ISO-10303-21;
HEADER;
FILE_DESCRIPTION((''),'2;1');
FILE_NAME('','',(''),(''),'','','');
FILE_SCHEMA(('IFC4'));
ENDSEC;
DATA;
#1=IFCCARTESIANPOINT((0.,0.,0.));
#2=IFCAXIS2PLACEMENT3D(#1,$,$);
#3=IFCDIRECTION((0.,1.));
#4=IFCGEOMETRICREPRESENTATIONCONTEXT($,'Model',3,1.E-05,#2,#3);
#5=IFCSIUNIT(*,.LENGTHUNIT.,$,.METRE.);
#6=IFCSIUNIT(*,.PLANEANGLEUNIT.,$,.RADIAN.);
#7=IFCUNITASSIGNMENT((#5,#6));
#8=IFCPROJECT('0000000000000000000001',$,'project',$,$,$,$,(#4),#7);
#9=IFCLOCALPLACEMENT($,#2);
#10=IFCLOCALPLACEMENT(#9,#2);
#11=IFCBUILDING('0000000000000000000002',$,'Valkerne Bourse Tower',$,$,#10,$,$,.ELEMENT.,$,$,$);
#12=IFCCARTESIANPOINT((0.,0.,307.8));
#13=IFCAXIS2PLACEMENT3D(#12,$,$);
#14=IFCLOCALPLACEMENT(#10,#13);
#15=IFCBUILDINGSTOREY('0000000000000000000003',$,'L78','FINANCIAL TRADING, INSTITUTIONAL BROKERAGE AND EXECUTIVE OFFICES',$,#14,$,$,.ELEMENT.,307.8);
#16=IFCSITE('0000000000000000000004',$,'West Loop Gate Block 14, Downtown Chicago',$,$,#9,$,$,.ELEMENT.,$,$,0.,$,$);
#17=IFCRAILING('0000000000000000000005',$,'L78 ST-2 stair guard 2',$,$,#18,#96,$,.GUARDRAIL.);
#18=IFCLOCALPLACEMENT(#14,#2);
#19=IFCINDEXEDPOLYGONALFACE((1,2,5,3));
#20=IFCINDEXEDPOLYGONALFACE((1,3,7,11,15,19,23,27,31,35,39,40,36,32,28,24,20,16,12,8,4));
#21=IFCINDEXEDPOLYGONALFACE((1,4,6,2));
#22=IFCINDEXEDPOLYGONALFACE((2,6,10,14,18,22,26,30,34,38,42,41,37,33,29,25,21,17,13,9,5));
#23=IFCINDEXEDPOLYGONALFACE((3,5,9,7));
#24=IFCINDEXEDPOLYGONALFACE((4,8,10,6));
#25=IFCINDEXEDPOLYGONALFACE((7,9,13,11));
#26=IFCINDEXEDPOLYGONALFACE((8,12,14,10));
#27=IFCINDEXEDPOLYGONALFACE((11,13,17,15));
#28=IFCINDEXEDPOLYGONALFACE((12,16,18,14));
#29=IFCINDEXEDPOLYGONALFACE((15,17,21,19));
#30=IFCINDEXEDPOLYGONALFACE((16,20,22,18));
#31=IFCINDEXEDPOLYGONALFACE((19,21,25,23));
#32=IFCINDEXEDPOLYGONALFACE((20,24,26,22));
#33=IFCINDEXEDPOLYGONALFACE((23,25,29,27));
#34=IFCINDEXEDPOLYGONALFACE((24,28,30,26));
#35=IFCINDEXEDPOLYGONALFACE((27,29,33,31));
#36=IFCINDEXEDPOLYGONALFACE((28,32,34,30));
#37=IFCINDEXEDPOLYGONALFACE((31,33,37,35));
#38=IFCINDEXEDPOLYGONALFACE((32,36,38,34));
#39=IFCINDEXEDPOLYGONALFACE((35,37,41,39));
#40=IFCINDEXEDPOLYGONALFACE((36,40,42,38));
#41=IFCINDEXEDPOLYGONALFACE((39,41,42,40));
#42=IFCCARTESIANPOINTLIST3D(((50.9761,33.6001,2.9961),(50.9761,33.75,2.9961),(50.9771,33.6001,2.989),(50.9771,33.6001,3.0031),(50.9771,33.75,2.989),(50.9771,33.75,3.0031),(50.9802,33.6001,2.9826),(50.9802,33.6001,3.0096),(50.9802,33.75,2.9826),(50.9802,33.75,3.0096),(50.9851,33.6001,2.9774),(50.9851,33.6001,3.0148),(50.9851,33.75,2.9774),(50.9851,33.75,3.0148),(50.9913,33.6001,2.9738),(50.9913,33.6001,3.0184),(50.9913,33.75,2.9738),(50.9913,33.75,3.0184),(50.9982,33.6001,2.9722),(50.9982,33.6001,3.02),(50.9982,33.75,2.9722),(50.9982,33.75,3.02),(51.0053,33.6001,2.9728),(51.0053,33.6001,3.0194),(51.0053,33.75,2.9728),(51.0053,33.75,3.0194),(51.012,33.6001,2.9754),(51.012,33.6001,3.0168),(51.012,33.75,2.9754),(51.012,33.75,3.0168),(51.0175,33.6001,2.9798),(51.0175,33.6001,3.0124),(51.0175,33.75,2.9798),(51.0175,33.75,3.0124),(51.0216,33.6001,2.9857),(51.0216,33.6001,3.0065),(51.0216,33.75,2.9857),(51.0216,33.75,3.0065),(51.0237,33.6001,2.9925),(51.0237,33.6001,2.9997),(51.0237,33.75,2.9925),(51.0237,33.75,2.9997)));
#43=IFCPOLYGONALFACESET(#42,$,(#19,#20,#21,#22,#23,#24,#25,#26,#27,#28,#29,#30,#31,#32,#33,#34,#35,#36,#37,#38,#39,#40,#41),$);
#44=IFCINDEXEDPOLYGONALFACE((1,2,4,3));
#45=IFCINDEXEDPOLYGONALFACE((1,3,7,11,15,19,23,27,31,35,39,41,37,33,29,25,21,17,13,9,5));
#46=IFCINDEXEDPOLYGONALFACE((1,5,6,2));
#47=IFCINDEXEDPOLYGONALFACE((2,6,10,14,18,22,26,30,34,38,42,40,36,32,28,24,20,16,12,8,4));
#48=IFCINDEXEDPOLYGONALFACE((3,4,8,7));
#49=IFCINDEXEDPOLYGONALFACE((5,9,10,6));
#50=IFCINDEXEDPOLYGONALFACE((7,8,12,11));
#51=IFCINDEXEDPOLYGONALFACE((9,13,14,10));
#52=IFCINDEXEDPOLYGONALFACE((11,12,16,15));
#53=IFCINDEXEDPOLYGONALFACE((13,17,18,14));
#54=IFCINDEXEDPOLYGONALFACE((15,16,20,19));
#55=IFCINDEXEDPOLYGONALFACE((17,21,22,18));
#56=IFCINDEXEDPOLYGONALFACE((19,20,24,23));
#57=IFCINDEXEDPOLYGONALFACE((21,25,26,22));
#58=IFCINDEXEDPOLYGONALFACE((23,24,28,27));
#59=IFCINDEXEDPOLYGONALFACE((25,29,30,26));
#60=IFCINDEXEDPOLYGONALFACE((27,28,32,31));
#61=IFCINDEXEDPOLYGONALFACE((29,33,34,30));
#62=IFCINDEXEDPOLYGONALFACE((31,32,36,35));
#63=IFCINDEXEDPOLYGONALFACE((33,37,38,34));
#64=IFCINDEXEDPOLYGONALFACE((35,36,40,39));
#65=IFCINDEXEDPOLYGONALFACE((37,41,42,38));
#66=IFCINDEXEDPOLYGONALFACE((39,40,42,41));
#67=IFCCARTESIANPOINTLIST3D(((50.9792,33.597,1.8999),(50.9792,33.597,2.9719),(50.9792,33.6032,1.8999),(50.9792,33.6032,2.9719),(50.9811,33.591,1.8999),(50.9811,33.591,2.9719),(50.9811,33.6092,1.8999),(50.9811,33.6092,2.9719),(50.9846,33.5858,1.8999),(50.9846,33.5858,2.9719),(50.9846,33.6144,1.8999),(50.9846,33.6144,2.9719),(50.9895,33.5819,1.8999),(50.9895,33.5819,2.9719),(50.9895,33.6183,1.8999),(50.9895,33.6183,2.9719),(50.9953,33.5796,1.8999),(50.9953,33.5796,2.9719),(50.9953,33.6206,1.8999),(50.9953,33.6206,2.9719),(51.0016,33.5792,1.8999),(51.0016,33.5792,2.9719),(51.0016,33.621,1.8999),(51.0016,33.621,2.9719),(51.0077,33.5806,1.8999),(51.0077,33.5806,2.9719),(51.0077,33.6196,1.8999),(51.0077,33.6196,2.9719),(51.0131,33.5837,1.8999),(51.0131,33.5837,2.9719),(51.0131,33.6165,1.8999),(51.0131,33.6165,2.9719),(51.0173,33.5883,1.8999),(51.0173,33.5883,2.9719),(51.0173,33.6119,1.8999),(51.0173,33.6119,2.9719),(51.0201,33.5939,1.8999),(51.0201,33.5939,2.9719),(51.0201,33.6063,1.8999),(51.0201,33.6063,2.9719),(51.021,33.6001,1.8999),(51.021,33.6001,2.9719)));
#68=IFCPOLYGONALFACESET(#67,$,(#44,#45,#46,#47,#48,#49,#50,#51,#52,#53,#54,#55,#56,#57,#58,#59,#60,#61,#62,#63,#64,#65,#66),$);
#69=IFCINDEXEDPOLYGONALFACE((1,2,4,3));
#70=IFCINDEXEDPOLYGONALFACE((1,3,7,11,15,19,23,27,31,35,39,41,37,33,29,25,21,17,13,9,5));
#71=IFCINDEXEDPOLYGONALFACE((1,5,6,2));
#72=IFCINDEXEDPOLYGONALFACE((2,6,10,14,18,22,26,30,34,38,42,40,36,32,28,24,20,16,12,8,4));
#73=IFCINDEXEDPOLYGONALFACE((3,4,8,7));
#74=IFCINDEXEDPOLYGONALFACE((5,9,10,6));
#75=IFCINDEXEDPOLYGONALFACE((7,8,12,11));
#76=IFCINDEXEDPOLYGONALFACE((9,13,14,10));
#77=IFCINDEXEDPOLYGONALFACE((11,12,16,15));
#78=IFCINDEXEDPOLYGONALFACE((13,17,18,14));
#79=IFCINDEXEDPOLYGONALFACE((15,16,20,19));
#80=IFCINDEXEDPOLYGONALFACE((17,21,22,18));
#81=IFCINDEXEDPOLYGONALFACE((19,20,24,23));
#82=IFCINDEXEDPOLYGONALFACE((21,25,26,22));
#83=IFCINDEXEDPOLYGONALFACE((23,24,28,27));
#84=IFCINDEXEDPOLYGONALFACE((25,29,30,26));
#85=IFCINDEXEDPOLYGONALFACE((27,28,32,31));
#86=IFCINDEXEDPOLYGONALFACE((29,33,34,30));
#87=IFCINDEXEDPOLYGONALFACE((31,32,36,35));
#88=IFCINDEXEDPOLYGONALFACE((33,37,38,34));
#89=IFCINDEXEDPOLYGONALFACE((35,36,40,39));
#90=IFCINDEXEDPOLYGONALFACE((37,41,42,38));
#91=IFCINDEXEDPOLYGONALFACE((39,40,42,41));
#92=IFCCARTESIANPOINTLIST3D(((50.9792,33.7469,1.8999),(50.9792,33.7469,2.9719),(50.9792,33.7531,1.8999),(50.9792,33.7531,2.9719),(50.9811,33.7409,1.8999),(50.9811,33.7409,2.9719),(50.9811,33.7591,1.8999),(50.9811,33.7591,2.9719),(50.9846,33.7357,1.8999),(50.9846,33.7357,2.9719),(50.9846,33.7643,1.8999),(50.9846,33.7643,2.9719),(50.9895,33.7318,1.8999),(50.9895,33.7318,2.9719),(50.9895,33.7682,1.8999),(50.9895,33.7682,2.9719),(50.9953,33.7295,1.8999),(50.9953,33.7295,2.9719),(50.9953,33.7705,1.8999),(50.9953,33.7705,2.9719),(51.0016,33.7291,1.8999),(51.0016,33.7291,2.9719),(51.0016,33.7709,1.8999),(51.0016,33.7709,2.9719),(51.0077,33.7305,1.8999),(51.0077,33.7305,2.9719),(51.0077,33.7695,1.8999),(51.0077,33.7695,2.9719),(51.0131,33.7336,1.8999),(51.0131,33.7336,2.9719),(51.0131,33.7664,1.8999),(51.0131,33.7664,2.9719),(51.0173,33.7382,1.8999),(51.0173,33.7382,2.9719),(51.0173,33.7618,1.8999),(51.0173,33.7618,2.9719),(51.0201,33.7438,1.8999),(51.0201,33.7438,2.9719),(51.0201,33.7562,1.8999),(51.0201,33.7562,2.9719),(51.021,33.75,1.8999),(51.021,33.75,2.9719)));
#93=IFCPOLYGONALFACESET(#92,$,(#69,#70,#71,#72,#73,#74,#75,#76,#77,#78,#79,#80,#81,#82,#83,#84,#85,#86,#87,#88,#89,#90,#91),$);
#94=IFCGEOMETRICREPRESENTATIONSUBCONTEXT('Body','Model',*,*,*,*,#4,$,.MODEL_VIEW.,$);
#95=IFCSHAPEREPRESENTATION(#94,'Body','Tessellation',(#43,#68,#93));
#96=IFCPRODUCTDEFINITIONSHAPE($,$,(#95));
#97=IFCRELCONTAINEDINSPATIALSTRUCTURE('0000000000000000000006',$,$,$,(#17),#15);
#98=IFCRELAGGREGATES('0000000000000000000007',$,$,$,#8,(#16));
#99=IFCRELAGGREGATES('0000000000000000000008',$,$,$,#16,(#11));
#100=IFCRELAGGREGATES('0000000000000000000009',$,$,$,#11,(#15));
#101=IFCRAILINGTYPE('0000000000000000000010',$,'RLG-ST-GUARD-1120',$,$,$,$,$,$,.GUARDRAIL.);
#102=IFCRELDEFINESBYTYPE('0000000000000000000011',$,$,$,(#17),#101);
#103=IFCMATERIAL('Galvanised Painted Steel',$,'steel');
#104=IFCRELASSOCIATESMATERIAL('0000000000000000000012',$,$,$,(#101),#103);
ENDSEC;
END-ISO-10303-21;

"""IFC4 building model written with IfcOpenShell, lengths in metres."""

from ifc_helpers import new_model, si_unit, direction, frame, origin, origin_2d, place, context, subcontext, project, spatial, circle, extrude, material, type_object, element, save


model = new_model("IFC4")

# Units and contexts
model_context = context("Model", 3, precision=1e-05, world=origin(), true_north=direction((0.0, 1.0)))
body_context = subcontext(model_context, "Body", "Model", "MODEL_VIEW")
ifc_project = project(units=[si_unit("LENGTHUNIT", "METRE"), si_unit("PLANEANGLEUNIT", "RADIAN")], contexts=[model_context])

# Site, building, storey
site_placement = place(None, origin())
site = spatial("IfcSite", under=ifc_project, at=site_placement, Name="West Loop Gate Block 14, Downtown Chicago", CompositionType="ELEMENT", RefElevation=0.0)
building_placement = place(site_placement, origin())
building = spatial("IfcBuilding", under=site, at=building_placement, Name="Valkerne Bourse Tower", CompositionType="ELEMENT")
storey_placement = place(building_placement, frame((0.0, 0.0, 307.8)))
storey = spatial("IfcBuildingStorey", under=building, at=storey_placement, Name="L78", Description="FINANCIAL TRADING, INSTITUTIONAL BROKERAGE AND EXECUTIVE OFFICES", CompositionType="ELEMENT", Elevation=307.8)

# Shared definitions
ifc_material_1 = material(Name="Galvanised Painted Steel", Category="steel")

# Railing
railing_type_1 = type_object("IfcRailingType", Name="RLG-ST-GUARD-1120", PredefinedType="GUARDRAIL", material=ifc_material_1)
railing_1_placement = place(storey_placement, frame((51.0, 33.6001, 1.8999)))
element("IfcRailing", 1, at=railing_1_placement, inside=storey, type_object=railing_type_1, Name="L78 ST-2 stair guard 2", PredefinedType="GUARDRAIL", context=body_context, shape_type="SweptSolid", body=[
    extrude(circle(Radius=0.0239, at=origin_2d()), frame((0.0, 0.0, 1.0962), z_axis=(0.0, 1.0, 0.0), x_axis=(-1.0, 0.0, 0.0)), (0.0, 0.0, 1.0), 0.1499),
    extrude(circle(Radius=0.021, at=origin_2d()), origin(), (0.0, 0.0, 1.0), 1.072),
    extrude(circle(Radius=0.021, at=origin_2d()), frame((0.0, 0.1499, 0.0)), (0.0, 0.0, 1.0), 1.072),
])

save(model, "model.ifc")
